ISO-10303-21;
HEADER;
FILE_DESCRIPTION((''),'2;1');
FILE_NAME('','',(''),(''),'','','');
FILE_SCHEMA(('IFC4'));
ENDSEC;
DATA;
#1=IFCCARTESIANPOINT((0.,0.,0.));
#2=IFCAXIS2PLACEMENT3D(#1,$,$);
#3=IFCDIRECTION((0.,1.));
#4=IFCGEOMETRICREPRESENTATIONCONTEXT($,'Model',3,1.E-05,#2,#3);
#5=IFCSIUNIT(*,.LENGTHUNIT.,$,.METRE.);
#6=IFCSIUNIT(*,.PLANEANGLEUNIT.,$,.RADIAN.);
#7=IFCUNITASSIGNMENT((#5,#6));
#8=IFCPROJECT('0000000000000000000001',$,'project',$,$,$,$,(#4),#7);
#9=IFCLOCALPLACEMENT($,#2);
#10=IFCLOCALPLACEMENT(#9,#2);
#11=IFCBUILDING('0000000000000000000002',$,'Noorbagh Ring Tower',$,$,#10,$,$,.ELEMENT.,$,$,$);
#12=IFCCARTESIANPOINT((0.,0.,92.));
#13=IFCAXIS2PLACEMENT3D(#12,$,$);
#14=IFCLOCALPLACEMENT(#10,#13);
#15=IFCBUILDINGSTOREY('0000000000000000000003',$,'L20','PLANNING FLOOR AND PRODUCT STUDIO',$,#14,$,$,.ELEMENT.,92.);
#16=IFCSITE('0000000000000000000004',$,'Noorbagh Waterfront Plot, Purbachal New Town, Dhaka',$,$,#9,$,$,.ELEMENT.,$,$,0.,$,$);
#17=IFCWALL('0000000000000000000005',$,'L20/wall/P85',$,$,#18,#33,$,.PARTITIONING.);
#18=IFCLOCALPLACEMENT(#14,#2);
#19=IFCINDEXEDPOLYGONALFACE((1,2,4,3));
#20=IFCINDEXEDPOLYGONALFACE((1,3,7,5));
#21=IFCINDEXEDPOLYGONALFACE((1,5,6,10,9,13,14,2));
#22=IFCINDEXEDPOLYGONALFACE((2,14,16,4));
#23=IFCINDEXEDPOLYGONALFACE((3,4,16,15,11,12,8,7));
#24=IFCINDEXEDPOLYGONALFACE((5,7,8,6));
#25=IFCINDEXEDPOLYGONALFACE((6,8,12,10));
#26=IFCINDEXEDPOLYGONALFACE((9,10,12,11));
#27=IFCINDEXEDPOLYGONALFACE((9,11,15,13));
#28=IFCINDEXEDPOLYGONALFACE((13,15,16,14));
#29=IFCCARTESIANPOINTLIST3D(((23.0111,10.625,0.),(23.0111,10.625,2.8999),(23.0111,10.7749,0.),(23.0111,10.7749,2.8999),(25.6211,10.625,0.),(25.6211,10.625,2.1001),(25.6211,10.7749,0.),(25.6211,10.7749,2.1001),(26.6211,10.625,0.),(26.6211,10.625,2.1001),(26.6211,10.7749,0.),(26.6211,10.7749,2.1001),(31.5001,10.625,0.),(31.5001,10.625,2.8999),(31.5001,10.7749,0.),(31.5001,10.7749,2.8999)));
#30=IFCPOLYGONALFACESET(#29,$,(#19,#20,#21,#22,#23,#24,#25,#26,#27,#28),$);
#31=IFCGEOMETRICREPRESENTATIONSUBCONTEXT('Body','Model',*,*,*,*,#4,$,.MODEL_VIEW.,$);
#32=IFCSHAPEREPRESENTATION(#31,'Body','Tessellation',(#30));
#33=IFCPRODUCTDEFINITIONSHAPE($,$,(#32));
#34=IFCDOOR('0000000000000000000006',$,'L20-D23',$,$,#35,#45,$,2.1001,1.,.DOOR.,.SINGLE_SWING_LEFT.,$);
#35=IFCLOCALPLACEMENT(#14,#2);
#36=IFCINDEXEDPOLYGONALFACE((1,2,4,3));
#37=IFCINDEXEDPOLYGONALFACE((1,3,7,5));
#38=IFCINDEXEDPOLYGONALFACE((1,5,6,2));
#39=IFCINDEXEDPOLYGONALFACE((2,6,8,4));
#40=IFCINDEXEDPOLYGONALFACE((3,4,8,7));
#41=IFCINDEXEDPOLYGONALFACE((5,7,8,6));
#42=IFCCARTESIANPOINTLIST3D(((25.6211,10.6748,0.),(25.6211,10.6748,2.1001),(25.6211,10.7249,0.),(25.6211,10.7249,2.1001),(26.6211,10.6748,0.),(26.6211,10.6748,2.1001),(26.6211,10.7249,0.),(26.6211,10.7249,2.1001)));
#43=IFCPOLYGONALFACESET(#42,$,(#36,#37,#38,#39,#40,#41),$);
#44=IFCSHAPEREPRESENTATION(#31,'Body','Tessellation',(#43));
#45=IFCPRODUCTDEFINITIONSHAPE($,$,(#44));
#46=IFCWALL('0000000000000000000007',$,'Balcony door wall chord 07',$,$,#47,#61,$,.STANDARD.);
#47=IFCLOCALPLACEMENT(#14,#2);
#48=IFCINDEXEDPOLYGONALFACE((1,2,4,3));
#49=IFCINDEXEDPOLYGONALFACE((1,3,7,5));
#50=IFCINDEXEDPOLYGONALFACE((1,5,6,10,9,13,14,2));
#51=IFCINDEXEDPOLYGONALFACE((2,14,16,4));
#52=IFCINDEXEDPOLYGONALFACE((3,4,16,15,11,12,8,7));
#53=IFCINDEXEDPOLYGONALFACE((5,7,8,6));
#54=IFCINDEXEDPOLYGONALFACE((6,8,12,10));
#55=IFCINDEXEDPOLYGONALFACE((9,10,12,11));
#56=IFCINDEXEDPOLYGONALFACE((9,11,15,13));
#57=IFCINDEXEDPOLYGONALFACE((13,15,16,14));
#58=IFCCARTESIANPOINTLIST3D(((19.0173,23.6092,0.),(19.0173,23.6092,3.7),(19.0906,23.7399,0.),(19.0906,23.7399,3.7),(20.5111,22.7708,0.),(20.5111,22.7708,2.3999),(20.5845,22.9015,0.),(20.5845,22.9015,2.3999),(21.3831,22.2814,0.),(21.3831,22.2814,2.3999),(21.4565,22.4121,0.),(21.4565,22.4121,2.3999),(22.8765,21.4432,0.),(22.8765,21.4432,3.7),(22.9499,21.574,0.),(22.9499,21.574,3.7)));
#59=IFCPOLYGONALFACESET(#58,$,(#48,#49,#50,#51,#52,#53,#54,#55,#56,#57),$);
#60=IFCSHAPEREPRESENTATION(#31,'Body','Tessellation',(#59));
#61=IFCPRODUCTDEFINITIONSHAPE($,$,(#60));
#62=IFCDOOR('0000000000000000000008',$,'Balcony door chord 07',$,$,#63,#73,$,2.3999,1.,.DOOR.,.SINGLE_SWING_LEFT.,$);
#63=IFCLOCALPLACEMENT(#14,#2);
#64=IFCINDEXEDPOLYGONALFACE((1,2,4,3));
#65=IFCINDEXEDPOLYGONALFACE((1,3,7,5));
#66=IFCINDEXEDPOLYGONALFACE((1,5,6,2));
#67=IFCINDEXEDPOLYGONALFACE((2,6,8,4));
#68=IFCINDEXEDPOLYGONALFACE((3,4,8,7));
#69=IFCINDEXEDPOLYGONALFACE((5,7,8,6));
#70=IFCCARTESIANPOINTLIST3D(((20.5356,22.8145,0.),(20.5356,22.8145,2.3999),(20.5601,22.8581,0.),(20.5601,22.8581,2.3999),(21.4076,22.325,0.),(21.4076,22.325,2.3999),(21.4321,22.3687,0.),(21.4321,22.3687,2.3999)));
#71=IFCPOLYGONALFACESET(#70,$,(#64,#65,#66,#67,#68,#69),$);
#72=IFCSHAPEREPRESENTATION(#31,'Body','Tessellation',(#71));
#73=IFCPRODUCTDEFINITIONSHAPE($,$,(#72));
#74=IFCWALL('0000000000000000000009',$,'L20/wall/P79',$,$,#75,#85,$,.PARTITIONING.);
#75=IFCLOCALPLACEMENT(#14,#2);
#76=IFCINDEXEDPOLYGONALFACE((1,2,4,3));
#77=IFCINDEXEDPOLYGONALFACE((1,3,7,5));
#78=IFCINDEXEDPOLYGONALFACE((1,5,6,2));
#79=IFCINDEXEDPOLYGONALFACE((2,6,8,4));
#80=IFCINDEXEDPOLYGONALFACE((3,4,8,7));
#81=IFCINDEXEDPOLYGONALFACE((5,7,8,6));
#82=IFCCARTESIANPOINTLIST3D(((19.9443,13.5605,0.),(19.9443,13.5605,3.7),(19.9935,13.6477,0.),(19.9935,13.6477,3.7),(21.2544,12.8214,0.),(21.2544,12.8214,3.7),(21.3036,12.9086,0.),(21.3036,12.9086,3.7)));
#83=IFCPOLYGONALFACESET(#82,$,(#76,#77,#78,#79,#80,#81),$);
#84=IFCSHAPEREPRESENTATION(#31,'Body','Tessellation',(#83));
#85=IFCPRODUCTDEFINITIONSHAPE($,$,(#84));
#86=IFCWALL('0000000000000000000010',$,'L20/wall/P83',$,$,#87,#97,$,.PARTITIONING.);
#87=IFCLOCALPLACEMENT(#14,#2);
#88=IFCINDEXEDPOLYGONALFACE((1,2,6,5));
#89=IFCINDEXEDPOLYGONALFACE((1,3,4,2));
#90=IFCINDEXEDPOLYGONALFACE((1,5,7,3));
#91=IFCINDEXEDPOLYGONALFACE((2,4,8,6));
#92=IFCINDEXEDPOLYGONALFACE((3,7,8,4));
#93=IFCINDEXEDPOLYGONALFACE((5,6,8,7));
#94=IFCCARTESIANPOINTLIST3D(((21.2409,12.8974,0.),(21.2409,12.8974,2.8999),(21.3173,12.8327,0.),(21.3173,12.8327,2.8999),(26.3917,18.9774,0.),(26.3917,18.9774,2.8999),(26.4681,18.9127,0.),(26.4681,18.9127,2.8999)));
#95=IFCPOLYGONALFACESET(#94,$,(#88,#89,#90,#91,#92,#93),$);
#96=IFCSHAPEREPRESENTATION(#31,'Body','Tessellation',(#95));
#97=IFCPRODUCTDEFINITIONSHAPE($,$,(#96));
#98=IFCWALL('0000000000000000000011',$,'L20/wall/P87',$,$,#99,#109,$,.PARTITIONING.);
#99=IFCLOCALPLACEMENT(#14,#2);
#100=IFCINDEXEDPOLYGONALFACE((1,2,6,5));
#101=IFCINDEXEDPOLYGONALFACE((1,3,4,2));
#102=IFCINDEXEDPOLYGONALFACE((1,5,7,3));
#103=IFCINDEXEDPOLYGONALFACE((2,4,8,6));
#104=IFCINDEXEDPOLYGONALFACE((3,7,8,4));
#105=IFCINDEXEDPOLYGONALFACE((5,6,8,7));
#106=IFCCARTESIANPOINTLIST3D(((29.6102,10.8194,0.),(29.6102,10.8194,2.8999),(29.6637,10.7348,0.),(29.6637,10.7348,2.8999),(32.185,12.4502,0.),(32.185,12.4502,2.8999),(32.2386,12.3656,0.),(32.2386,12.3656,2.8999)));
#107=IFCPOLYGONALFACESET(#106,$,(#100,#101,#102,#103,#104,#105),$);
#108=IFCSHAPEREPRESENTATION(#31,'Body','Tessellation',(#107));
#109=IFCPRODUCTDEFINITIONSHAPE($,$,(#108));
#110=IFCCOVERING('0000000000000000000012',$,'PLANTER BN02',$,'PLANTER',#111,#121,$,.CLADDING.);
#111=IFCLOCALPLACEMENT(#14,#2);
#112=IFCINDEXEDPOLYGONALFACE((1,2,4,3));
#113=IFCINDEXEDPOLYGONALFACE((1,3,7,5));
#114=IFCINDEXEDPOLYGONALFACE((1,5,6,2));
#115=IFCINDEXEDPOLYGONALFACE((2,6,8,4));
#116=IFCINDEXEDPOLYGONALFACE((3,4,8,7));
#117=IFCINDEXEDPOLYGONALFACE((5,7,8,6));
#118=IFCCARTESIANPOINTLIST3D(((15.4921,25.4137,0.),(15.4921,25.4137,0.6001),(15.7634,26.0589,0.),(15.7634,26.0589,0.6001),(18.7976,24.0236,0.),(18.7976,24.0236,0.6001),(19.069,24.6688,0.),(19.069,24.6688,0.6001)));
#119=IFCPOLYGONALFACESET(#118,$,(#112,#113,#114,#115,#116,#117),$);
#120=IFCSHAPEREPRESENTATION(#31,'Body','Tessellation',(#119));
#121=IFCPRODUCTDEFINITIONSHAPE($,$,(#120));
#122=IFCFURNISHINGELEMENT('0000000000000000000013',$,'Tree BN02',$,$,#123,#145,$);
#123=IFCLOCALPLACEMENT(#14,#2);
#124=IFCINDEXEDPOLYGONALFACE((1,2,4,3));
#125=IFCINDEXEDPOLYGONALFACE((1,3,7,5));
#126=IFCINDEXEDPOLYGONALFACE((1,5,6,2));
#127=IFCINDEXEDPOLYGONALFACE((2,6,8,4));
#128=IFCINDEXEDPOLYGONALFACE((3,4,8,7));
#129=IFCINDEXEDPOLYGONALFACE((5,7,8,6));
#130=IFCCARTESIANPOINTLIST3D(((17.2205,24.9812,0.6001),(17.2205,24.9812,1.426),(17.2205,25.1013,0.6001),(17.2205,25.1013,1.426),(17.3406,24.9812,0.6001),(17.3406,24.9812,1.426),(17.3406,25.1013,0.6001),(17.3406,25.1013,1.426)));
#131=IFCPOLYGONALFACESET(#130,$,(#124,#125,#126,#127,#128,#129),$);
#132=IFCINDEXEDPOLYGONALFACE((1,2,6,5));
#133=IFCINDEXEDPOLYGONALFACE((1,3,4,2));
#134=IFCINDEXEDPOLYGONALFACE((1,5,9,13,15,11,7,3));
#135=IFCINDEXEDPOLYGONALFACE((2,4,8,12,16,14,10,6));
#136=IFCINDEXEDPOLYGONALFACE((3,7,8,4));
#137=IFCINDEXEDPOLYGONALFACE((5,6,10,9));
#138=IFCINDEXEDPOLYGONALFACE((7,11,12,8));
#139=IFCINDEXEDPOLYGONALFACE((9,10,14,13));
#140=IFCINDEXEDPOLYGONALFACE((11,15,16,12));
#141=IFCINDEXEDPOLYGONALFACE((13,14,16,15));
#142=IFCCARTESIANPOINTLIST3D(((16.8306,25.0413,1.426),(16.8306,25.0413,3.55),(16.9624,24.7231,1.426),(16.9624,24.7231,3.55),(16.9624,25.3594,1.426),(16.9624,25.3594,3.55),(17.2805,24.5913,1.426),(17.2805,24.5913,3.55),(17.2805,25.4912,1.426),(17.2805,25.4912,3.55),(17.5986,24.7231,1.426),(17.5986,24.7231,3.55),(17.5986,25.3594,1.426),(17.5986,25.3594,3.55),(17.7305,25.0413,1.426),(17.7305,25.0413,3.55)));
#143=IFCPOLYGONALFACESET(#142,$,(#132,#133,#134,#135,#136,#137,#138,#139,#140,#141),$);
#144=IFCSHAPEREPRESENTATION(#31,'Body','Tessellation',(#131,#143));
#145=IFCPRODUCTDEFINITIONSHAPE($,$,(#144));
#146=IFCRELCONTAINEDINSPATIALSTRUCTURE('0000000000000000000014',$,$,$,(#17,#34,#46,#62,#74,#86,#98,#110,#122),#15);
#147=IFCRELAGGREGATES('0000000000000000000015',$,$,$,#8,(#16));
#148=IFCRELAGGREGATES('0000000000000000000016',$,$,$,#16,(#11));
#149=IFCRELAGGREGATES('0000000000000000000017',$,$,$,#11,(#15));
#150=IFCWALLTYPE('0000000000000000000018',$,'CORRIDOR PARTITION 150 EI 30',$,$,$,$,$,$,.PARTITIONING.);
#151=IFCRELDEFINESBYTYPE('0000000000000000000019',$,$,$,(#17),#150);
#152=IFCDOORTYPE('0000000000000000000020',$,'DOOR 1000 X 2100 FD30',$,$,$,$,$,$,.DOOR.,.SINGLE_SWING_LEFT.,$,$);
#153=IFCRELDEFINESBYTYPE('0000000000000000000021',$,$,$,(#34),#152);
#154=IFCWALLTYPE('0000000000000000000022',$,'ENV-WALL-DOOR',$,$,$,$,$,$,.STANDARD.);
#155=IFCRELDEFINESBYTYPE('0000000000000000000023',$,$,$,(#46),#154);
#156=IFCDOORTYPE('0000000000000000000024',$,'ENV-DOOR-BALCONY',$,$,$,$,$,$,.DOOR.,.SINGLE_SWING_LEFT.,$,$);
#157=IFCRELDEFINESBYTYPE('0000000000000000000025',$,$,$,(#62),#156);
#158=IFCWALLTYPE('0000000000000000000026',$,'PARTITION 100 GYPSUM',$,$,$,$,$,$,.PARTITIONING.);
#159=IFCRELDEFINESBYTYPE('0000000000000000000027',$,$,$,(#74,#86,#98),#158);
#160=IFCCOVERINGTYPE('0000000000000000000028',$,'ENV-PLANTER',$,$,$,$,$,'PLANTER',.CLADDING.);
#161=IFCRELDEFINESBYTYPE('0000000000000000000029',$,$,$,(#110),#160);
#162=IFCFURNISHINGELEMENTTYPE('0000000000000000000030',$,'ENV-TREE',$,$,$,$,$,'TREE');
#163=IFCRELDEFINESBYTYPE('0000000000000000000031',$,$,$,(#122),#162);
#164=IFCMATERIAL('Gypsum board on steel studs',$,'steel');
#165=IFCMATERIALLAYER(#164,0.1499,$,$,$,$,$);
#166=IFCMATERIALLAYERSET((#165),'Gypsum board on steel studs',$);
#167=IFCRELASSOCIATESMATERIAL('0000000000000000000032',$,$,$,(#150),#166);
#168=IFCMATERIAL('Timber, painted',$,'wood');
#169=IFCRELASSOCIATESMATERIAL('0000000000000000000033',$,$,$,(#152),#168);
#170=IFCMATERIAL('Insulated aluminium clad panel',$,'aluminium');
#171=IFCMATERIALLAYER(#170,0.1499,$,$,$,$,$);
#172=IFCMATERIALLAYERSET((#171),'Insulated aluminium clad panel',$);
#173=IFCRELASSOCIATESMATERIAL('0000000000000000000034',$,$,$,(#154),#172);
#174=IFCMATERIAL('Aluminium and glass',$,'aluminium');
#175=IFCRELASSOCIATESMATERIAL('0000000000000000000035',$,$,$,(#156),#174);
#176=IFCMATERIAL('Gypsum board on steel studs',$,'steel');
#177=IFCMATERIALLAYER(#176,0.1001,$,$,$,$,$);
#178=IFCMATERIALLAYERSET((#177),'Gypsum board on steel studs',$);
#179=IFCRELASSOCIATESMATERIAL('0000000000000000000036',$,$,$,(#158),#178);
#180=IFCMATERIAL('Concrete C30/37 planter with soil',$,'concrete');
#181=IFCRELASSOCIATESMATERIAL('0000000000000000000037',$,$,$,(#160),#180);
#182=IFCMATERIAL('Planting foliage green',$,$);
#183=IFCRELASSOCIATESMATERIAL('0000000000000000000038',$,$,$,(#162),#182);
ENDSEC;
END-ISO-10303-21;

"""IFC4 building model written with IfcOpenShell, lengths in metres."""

from ifc_helpers import new_model, si_unit, direction, frame, frame_2d, origin, origin_2d, place, context, subcontext, project, spatial, polyline, rectangle, outline, extrude, material, layer, layer_set, type_object, element, fill, save


model = new_model("IFC4")

# Units and contexts
model_context = context("Model", 3, precision=1e-05, world=origin(), true_north=direction((0.0, 1.0)))
body_context = subcontext(model_context, "Body", "Model", "MODEL_VIEW")
ifc_project = project(units=[si_unit("LENGTHUNIT", "METRE"), si_unit("PLANEANGLEUNIT", "RADIAN")], contexts=[model_context])

# Site, building, storey
site_placement = place(None, origin())
site = spatial("IfcSite", under=ifc_project, at=site_placement, Name="Noorbagh Waterfront Plot, Purbachal New Town, Dhaka", CompositionType="ELEMENT", RefElevation=0.0)
building_placement = place(site_placement, origin())
building = spatial("IfcBuilding", under=site, at=building_placement, Name="Noorbagh Ring Tower", CompositionType="ELEMENT")
storey_placement = place(building_placement, frame((0.0, 0.0, 92.0)))
storey = spatial("IfcBuildingStorey", under=building, at=storey_placement, Name="L20", Description="PLANNING FLOOR AND PRODUCT STUDIO", CompositionType="ELEMENT", Elevation=92.0)

# Shared definitions
ifc_material_1 = material(Name="Gypsum board on steel studs", Category="steel")
ifc_layer_1 = layer(ifc_material_1, 0.1499)
ifc_layer_set_1 = layer_set([ifc_layer_1], Name="Gypsum board on steel studs")
wall_type_1 = type_object("IfcWallType", Name="CORRIDOR PARTITION 150 EI 30", PredefinedType="PARTITIONING", material=ifc_layer_set_1)

# Walls, openings, doors
wall_1_placement = place(storey_placement, frame((23.011, 10.7, 0.0), z_axis=(0.0, 0.0, 1.0), x_axis=(1.0, 0.0, 0.0)))
wall_1 = element("IfcWall", 1, at=wall_1_placement, inside=storey, type_object=wall_type_1, Name="L20/wall/P85", PredefinedType="PARTITIONING", context=body_context, shape_type="SweptSolid", body=[
    extrude(rectangle(XDim=8.489, YDim=0.1499, at=frame_2d((4.2446, 0.0))), origin(), (0.0, 0.0, 1.0), 2.8999),
])
opening_1_placement = place(wall_1_placement, frame((2.6101, 0.0, 0.0)))
opening_1 = element("IfcOpeningElement", 2, at=opening_1_placement, cuts=wall_1, PredefinedType="OPENING", context=body_context, shape_type="SweptSolid", body=[
    extrude(rectangle(XDim=1.0, YDim=2.1001, at=frame_2d((0.5, 1.05))), frame((0.0, 0.085, 0.0), z_axis=(0.0, -1.0, 0.0), x_axis=(1.0, 0.0, 0.0)), (0.0, 0.0, 1.0), 0.1699),
])
ifc_material_2 = material(Name="Timber, painted", Category="wood")
door_type_1 = type_object("IfcDoorType", Name="DOOR 1000 X 2100 FD30", OperationType="SINGLE_SWING_LEFT", PredefinedType="DOOR", material=ifc_material_2)
door_1_placement = place(opening_1_placement, origin())
door_1 = element("IfcDoor", 3, at=door_1_placement, inside=storey, type_object=door_type_1, Name="L20-D23", OperationType="SINGLE_SWING_LEFT", OverallHeight=2.1001, OverallWidth=1.0, PredefinedType="DOOR", context=body_context, shape_type="SweptSolid", body=[
    extrude(rectangle(XDim=1.0, YDim=2.1001, at=frame_2d((0.5, 1.05))), frame((0.0, 0.0249, 0.0), z_axis=(0.0, -1.0, 0.0), x_axis=(1.0, 0.0, 0.0)), (0.0, 0.0, 1.0), 0.05),
])
fill(opening_1, door_1)
ifc_material_3 = material(Name="Insulated aluminium clad panel", Category="aluminium")
ifc_layer_2 = layer(ifc_material_3, 0.1499)
ifc_layer_set_2 = layer_set([ifc_layer_2], Name="Insulated aluminium clad panel")
wall_type_2 = type_object("IfcWallType", Name="ENV-WALL-DOOR", PredefinedType="STANDARD", material=ifc_layer_set_2)
wall_2_placement = place(storey_placement, frame((22.9133, 21.5085, 0.0), z_axis=(0.0, 0.0, 1.0), x_axis=(-0.872047, 0.489423, 0.0)))
wall_2 = element("IfcWall", 4, at=wall_2_placement, inside=storey, type_object=wall_type_2, Name="Balcony door wall chord 07", PredefinedType="STANDARD", context=body_context, shape_type="SweptSolid", body=[
    extrude(rectangle(XDim=4.4255, YDim=0.1499, at=frame_2d((2.2129, 0.0))), origin(), (0.0, 0.0, 1.0), 3.7),
])
opening_2_placement = place(wall_2_placement, frame((1.7126, 0.0, 0.0)))
opening_2 = element("IfcOpeningElement", 5, at=opening_2_placement, cuts=wall_2, PredefinedType="OPENING", context=body_context, shape_type="SweptSolid", body=[
    extrude(rectangle(XDim=1.0, YDim=2.3999, at=frame_2d((0.5, 1.2))), frame((0.0, 0.085, 0.0), z_axis=(0.0, -1.0, 0.0), x_axis=(1.0, 0.0, 0.0)), (0.0, 0.0, 1.0), 0.1699),
])
ifc_material_4 = material(Name="Aluminium and glass", Category="aluminium")
door_type_2 = type_object("IfcDoorType", Name="ENV-DOOR-BALCONY", OperationType="SINGLE_SWING_LEFT", PredefinedType="DOOR", material=ifc_material_4)
door_2_placement = place(opening_2_placement, origin())
door_2 = element("IfcDoor", 6, at=door_2_placement, inside=storey, type_object=door_type_2, Name="Balcony door chord 07", OperationType="SINGLE_SWING_LEFT", OverallHeight=2.3999, OverallWidth=1.0, PredefinedType="DOOR", context=body_context, shape_type="SweptSolid", body=[
    extrude(rectangle(XDim=1.0, YDim=2.3999, at=frame_2d((0.5, 1.2))), frame((0.0, 0.0249, 0.0), z_axis=(0.0, -1.0, 0.0), x_axis=(1.0, 0.0, 0.0)), (0.0, 0.0, 1.0), 0.05),
])
fill(opening_2, door_2)

# Walls
ifc_material_5 = material(Name="Gypsum board on steel studs", Category="steel")
ifc_layer_3 = layer(ifc_material_5, 0.1001)
ifc_layer_set_3 = layer_set([ifc_layer_3], Name="Gypsum board on steel studs")
wall_type_3 = type_object("IfcWallType", Name="PARTITION 100 GYPSUM", PredefinedType="PARTITIONING", material=ifc_layer_set_3)
wall_3_placement = place(storey_placement, frame((19.969, 13.604, 0.0), z_axis=(0.0, 0.0, 1.0), x_axis=(0.870977, -0.491324, 0.0)))
element("IfcWall", 7, at=wall_3_placement, inside=storey, type_object=wall_type_3, Name="L20/wall/P79", PredefinedType="PARTITIONING", context=body_context, shape_type="SweptSolid", body=[
    extrude(rectangle(XDim=1.5042, YDim=0.1001, at=frame_2d((0.752, 0.0))), origin(), (0.0, 0.0, 1.0), 3.7),
])
wall_4_placement = place(storey_placement, frame((21.2791, 12.865, 0.0), z_axis=(0.0, 0.0, 1.0), x_axis=(0.646395, 0.763003, 0.0)))
element("IfcWall", 8, at=wall_4_placement, inside=storey, type_object=wall_type_3, Name="L20/wall/P83", PredefinedType="PARTITIONING", context=body_context, shape_type="SweptSolid", body=[
    extrude(rectangle(XDim=7.9685, YDim=0.1001, at=frame_2d((3.9844, 0.0))), origin(), (0.0, 0.0, 1.0), 2.8999),
])
wall_5_placement = place(storey_placement, frame((29.637, 10.7771, 0.0), z_axis=(0.0, 0.0, 1.0), x_axis=(0.844811, 0.535065, 0.0)))
element("IfcWall", 9, at=wall_5_placement, inside=storey, type_object=wall_type_3, Name="L20/wall/P87", PredefinedType="PARTITIONING", context=body_context, shape_type="SweptSolid", body=[
    extrude(rectangle(XDim=3.0479, YDim=0.1001, at=frame_2d((1.5239, 0.0))), origin(), (0.0, 0.0, 1.0), 2.8999),
])

# Covering
ifc_material_6 = material(Name="Concrete C30/37 planter with soil", Category="concrete")
covering_type = type_object("IfcCoveringType", Name="ENV-PLANTER", ElementType="PLANTER", PredefinedType="CLADDING", material=ifc_material_6)
covering_placement = place(storey_placement, frame((17.2805, 25.0413, 0.0), z_axis=(0.0, 0.0, 1.0), x_axis=(-0.921812, 0.387638, 0.0)))
element("IfcCovering", 10, at=covering_placement, inside=storey, type_object=covering_type, Name="PLANTER BN02", ObjectType="PLANTER", PredefinedType="CLADDING", context=body_context, shape_type="SweptSolid", body=[
    extrude(rectangle(XDim=3.5859, YDim=0.7, at=origin_2d()), origin(), (0.0, 0.0, 1.0), 0.6001),
])

# Furnishing element
ifc_material_7 = material(Name="Planting foliage green")
furnishing_element_type = type_object("IfcFurnishingElementType", Name="ENV-TREE", ElementType="TREE", material=ifc_material_7)
furnishing_placement = place(storey_placement, frame((17.2805, 25.0413, 0.6001), z_axis=(0.0, 0.0, 1.0), x_axis=(1.0, 0.0, 0.0)))
element("IfcFurnishingElement", 11, at=furnishing_placement, inside=storey, type_object=furnishing_element_type, Name="Tree BN02", context=body_context, shape_type="SweptSolid", body=[
    extrude(rectangle(XDim=0.1201, YDim=0.1201, at=origin_2d()), origin(), (0.0, 0.0, 1.0), 0.8259),
    extrude(outline(polyline([(0.45, 0.0), (0.3181, 0.3181), (0.0, 0.45), (-0.3181, 0.3181), (-0.45, 0.0), (-0.3181, -0.3181), (0.0, -0.45), (0.3181, -0.3181), (0.45, 0.0)])), frame((0.0, 0.0, 0.8259)), (0.0, 0.0, 1.0), 2.124),
])

save(model, "model.ifc")
